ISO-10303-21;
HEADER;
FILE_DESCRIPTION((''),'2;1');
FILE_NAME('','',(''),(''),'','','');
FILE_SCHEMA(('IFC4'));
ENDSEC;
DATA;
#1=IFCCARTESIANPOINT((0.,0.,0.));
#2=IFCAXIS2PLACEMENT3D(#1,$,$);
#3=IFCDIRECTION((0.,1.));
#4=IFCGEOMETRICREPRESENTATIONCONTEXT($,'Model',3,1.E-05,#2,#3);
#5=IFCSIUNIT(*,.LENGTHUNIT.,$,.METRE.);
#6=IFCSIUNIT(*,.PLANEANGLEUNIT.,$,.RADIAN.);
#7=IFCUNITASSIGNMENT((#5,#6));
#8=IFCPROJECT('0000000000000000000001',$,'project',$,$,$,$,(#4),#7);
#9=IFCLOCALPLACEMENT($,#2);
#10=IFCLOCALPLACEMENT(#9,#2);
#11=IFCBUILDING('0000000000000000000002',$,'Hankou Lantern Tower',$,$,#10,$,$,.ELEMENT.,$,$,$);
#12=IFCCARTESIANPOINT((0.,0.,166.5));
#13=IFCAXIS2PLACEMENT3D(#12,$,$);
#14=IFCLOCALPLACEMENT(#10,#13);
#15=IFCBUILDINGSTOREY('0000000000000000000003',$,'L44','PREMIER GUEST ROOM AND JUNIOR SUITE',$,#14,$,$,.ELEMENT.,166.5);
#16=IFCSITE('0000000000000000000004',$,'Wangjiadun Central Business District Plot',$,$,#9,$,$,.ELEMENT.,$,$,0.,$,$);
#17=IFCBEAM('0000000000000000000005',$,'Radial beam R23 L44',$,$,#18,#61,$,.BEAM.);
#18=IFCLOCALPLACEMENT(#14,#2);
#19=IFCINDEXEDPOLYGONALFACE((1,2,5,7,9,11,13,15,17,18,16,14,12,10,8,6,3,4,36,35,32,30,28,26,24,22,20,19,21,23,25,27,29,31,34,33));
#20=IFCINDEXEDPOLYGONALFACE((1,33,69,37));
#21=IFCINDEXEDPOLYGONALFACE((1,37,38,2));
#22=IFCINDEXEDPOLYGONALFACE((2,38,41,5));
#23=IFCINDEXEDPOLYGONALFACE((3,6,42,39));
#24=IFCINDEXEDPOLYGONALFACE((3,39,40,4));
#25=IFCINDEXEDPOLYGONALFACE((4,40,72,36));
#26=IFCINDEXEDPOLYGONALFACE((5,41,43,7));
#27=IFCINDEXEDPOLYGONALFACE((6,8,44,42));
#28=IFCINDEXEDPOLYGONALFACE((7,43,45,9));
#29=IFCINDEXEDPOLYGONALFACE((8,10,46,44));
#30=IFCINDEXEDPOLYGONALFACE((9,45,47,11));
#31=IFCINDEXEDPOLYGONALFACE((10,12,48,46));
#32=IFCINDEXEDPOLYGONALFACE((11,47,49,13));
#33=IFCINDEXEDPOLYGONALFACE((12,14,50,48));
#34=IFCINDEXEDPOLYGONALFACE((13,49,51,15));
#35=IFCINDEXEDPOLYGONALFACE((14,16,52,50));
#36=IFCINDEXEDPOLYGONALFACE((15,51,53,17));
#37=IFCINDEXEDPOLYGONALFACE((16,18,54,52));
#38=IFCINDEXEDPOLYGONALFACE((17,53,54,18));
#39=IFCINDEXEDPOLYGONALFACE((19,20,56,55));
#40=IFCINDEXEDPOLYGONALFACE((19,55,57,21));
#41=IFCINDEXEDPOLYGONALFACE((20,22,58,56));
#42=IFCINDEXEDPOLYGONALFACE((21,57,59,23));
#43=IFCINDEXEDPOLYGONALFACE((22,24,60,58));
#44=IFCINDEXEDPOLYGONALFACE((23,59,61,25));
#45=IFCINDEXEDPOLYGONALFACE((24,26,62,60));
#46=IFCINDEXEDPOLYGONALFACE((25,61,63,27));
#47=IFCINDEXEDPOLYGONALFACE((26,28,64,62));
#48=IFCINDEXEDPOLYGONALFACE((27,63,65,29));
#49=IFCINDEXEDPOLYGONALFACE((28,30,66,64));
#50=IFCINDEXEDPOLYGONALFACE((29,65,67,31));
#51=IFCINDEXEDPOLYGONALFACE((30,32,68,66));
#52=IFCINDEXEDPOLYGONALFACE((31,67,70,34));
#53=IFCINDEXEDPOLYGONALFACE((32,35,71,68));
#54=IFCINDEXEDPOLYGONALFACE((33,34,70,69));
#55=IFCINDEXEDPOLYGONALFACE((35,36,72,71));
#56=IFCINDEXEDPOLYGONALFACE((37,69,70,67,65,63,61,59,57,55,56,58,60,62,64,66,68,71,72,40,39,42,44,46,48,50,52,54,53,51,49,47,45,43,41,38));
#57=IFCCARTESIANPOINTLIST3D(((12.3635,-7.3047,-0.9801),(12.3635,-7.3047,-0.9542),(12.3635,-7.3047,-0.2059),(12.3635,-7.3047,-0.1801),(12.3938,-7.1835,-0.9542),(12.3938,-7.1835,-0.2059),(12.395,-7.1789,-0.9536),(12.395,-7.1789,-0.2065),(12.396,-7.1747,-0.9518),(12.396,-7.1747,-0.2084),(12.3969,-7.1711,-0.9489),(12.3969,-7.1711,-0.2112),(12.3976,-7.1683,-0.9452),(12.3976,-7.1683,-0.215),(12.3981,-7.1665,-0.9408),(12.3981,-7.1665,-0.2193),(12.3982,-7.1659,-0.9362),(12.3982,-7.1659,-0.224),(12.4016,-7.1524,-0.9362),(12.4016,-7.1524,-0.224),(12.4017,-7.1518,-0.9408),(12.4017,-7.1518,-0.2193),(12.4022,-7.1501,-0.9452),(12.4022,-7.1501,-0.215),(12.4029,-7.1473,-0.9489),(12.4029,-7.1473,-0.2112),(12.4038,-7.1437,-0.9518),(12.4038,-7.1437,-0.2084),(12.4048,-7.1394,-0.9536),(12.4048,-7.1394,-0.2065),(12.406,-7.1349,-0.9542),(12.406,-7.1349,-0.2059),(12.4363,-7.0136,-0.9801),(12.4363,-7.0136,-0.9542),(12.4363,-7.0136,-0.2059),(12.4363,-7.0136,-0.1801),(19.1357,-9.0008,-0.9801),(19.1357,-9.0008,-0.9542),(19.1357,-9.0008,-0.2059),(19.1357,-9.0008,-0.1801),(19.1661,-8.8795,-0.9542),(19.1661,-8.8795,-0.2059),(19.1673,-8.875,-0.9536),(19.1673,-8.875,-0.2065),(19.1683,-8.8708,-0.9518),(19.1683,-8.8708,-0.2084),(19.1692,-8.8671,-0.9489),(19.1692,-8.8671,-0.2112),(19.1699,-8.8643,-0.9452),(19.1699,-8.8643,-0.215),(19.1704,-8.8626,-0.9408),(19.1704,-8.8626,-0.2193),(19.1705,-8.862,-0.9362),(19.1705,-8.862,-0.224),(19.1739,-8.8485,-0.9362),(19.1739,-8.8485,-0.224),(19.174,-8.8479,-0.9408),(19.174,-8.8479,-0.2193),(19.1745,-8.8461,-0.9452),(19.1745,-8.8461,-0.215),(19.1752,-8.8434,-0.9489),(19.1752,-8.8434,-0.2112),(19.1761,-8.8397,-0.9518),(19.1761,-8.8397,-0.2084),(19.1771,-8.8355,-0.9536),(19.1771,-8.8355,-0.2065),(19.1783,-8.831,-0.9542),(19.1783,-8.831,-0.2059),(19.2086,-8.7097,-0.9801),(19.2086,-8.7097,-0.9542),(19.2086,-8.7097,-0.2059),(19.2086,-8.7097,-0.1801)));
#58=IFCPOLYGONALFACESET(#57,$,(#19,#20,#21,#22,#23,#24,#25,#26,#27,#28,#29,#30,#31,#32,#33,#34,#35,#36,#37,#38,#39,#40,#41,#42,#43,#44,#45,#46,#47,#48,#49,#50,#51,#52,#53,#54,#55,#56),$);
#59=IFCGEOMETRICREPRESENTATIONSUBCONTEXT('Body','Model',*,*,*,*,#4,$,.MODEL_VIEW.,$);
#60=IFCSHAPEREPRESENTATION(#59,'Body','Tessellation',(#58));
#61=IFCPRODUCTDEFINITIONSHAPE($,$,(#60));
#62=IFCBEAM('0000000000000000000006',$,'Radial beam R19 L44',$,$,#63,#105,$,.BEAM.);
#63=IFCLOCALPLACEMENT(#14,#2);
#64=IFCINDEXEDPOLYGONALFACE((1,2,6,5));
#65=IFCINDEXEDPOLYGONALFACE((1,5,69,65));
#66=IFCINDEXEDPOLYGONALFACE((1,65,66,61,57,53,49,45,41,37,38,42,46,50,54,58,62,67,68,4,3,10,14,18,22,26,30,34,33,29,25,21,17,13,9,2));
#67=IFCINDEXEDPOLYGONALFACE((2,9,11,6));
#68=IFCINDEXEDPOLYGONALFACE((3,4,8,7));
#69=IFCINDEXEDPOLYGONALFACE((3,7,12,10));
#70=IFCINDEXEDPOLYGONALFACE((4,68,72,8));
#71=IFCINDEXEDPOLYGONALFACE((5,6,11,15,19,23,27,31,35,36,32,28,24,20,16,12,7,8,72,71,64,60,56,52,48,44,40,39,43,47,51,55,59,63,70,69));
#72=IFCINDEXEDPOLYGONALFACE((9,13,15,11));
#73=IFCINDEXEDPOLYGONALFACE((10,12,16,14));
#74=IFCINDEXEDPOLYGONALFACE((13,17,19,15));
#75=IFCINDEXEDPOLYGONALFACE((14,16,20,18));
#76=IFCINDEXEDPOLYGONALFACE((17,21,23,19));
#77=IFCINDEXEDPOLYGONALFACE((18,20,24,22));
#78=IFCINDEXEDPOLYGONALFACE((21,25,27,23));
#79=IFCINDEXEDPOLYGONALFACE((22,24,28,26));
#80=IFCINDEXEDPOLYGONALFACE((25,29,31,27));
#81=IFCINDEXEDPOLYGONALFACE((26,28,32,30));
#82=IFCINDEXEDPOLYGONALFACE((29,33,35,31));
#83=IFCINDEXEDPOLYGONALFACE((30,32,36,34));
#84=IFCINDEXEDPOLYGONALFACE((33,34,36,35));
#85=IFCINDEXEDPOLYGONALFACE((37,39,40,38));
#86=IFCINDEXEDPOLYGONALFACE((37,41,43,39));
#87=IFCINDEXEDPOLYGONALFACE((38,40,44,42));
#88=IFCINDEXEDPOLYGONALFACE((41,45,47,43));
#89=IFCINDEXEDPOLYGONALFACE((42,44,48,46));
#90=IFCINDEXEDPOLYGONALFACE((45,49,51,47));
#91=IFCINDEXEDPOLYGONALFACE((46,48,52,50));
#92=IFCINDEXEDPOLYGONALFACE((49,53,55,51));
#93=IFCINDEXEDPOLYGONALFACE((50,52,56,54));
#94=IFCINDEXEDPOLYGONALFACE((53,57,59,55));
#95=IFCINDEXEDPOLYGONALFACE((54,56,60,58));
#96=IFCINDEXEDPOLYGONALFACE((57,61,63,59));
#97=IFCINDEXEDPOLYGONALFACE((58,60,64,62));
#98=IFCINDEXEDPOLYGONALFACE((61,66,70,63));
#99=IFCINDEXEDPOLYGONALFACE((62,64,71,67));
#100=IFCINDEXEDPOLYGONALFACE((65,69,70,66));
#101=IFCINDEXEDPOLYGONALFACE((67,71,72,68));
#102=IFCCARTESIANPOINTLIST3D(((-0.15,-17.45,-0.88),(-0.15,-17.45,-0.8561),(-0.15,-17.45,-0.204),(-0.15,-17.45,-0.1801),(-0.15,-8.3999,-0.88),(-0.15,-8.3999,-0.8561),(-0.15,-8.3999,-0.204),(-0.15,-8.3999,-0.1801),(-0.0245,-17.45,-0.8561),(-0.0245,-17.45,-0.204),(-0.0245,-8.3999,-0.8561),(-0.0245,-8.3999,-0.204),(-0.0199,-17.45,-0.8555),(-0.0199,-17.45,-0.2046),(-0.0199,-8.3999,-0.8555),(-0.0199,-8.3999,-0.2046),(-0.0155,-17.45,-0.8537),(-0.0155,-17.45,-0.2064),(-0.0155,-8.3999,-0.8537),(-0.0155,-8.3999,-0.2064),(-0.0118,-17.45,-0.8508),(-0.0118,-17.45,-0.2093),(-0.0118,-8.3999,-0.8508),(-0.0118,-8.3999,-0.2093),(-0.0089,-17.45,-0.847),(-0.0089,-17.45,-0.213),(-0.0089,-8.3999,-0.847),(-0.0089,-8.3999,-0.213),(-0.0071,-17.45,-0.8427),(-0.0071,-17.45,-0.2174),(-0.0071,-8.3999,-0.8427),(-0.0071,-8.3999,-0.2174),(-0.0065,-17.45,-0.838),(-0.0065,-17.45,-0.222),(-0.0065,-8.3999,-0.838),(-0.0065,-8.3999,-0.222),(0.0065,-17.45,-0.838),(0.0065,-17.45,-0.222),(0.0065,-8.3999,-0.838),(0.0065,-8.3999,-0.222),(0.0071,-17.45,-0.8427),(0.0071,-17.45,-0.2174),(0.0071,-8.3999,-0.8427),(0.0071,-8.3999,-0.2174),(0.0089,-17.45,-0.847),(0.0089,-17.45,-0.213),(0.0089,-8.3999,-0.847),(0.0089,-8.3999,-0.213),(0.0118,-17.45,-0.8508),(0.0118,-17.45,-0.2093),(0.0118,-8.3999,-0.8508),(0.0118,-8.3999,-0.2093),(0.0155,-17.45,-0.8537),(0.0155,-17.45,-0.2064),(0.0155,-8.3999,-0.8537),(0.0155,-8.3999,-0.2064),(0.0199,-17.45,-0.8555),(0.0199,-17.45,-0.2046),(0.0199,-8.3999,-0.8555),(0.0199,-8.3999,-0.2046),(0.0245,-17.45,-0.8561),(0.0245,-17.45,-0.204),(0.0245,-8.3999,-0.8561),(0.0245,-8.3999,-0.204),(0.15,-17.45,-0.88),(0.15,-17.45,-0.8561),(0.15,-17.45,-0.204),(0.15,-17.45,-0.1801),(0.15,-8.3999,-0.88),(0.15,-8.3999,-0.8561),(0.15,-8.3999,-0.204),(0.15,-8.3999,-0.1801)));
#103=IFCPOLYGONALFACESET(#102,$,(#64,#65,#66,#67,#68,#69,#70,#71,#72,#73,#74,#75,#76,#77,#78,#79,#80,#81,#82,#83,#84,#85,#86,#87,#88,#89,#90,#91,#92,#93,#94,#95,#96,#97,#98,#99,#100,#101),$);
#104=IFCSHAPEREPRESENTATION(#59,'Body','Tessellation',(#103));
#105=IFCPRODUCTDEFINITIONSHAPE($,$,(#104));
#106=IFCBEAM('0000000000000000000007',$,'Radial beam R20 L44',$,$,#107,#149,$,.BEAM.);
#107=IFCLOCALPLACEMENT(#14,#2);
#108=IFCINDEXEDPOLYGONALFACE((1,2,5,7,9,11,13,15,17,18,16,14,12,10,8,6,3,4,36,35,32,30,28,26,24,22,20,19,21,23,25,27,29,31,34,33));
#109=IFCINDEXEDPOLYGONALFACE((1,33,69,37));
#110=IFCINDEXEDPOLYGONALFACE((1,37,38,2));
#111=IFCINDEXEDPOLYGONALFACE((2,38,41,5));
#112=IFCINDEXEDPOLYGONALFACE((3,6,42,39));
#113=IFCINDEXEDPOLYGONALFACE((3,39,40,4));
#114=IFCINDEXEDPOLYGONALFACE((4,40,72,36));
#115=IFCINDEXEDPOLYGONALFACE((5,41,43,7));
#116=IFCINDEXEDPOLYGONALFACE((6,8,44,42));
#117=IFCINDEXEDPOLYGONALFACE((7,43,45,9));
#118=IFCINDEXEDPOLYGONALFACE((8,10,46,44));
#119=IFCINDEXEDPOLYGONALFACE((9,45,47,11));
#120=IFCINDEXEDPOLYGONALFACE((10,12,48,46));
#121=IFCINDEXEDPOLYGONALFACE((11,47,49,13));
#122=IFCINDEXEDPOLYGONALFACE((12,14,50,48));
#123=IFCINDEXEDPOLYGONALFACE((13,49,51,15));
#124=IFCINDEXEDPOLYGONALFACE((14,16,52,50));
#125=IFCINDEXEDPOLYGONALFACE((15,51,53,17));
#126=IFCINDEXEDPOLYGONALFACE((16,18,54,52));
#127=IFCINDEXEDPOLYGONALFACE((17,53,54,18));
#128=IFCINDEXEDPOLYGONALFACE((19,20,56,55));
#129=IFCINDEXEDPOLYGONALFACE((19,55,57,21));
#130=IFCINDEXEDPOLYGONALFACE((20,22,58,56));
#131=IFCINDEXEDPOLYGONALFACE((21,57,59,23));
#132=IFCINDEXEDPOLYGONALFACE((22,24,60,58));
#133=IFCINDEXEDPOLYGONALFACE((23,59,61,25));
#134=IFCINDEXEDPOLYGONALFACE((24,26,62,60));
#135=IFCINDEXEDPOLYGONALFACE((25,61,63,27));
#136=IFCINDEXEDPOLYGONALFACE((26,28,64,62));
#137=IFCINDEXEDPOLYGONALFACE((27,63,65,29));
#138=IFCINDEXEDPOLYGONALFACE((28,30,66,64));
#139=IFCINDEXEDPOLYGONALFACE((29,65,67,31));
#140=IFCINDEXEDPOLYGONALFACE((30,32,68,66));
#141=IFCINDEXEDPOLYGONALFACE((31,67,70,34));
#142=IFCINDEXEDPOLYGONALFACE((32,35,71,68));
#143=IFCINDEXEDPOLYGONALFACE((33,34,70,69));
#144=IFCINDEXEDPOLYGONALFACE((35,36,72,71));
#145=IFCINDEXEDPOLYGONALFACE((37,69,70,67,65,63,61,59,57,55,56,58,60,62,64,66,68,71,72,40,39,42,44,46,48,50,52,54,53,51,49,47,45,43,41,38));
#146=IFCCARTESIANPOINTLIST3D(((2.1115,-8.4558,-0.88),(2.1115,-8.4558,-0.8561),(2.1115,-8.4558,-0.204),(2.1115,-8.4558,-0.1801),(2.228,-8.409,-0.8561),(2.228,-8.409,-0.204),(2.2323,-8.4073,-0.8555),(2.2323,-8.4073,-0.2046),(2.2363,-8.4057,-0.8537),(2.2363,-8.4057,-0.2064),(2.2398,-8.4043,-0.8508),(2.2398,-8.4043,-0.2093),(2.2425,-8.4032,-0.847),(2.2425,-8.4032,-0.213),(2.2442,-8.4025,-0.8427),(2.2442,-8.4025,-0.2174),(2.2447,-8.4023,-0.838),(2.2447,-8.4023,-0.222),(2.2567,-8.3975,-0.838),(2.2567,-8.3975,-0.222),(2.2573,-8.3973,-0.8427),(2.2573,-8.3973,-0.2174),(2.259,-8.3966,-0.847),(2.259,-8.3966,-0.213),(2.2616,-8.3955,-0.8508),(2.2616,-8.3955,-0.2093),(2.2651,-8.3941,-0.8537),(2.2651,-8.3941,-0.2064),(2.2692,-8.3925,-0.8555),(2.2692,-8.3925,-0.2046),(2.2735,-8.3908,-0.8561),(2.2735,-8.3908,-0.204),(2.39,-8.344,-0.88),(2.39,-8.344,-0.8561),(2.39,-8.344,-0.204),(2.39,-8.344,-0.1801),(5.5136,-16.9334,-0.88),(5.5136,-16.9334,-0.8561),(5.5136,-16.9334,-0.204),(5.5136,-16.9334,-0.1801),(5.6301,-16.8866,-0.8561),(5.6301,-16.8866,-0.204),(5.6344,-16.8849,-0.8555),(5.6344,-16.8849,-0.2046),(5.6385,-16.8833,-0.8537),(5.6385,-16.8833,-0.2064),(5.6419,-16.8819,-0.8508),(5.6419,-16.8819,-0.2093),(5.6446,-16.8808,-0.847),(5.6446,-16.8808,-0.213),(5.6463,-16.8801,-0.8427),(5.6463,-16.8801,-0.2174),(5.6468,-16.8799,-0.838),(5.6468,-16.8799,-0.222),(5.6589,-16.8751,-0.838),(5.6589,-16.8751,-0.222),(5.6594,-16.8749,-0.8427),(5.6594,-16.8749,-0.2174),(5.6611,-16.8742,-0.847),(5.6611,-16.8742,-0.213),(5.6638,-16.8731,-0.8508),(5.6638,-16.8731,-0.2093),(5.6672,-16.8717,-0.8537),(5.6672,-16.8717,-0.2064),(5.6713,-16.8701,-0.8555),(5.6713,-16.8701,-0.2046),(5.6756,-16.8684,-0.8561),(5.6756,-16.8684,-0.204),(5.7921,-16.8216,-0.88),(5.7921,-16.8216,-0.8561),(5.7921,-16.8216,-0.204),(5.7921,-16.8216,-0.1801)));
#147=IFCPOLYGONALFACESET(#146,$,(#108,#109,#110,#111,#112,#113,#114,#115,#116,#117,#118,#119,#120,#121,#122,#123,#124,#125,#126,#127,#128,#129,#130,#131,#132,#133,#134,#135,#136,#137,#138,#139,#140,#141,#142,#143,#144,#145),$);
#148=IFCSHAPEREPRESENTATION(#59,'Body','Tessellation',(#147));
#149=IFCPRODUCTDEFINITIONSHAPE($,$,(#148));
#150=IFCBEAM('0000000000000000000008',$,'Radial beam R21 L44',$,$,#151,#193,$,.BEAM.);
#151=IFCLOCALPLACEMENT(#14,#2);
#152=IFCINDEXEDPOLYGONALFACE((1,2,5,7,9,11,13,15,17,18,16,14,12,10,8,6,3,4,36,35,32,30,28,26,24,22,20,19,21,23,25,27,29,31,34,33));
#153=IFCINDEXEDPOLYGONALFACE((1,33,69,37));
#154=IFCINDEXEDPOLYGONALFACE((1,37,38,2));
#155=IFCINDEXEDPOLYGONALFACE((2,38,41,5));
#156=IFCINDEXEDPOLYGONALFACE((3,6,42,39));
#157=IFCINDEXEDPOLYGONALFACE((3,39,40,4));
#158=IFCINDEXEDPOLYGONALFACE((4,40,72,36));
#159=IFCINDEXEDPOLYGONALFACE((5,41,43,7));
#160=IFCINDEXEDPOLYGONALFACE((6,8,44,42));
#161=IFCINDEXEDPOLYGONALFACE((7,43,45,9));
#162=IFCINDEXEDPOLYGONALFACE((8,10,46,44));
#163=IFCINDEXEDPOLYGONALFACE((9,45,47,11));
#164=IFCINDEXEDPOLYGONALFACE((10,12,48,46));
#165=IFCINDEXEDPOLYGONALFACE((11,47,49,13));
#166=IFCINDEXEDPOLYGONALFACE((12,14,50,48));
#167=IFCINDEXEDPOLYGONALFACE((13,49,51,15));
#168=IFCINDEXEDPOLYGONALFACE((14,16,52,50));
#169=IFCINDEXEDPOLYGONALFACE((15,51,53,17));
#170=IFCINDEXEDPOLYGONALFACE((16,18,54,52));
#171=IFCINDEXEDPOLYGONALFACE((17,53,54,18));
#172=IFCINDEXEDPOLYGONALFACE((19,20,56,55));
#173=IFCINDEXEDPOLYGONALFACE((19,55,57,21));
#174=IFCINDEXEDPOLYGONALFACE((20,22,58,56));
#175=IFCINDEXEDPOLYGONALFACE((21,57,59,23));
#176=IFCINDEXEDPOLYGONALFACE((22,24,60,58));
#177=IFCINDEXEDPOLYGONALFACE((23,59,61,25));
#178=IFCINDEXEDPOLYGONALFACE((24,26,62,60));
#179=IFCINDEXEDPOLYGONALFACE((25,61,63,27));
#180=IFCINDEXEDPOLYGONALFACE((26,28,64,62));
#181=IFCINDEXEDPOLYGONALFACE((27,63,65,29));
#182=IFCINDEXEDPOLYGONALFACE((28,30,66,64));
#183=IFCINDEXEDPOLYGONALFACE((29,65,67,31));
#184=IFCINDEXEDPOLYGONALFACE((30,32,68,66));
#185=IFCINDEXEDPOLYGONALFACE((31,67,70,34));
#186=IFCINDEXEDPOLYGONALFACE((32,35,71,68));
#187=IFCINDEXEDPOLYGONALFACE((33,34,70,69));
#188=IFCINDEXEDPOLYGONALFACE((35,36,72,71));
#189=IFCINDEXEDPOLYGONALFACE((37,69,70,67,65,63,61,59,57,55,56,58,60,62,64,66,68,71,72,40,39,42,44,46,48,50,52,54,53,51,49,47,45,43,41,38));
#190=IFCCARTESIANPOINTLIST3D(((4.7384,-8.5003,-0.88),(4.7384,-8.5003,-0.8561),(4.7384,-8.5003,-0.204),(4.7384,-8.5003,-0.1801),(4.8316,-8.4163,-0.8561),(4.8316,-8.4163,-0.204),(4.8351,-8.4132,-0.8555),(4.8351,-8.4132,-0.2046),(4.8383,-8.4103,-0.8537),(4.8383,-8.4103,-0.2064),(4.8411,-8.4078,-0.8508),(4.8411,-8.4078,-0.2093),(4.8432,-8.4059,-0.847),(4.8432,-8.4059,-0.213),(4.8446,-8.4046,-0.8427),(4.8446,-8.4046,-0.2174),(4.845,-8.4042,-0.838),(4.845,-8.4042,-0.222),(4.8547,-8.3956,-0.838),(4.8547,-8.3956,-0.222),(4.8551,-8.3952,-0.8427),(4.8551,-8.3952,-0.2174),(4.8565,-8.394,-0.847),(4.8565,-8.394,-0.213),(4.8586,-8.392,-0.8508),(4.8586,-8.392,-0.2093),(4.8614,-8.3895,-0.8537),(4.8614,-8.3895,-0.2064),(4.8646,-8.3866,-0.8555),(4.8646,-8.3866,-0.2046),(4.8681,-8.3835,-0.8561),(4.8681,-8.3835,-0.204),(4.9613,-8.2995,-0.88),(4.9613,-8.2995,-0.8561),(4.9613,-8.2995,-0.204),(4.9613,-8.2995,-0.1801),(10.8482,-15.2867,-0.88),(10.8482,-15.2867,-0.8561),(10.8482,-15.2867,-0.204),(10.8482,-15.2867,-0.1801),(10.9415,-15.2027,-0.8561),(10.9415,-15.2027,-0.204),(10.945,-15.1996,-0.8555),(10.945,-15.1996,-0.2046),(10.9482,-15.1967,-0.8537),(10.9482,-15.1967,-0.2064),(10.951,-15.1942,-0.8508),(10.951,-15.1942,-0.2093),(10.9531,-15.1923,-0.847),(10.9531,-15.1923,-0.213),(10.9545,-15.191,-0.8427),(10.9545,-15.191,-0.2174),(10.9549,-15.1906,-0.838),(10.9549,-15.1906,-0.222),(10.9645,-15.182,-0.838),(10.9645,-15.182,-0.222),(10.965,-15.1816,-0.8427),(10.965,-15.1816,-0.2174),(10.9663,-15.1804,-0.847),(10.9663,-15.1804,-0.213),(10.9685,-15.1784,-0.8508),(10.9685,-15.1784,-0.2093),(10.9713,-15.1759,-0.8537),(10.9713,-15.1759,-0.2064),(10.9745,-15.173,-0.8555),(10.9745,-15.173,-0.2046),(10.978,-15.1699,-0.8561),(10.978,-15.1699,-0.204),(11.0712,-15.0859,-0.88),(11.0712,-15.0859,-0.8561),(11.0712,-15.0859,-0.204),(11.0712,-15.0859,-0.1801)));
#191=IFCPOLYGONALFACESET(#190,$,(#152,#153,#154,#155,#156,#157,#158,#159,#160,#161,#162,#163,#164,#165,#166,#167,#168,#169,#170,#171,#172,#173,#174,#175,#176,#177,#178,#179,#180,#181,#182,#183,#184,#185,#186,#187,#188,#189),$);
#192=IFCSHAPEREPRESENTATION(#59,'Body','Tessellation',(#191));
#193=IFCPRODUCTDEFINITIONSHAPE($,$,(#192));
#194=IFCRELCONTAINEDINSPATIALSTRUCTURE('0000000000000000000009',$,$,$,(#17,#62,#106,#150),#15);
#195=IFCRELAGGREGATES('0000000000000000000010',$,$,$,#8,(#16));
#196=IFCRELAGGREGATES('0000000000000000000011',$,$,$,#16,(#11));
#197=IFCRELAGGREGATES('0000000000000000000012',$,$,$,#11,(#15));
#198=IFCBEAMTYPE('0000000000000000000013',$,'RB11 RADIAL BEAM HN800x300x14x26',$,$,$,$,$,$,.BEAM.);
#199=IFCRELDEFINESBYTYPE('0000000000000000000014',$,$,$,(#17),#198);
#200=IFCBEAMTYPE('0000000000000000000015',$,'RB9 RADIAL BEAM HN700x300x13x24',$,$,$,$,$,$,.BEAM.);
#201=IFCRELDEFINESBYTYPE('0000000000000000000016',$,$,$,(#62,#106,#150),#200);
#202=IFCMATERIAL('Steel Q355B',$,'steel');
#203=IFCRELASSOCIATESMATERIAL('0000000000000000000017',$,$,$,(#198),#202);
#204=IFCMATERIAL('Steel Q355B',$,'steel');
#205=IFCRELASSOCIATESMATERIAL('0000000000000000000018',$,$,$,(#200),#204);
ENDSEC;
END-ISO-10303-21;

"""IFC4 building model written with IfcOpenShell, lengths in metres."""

from ifc_helpers import new_model, si_unit, direction, frame, origin, origin_2d, place, context, subcontext, project, spatial, i_section, extrude, material, material_profile, profile_set, type_object, element, save


model = new_model("IFC4")

# Units and contexts
model_context = context("Model", 3, precision=1e-05, world=origin(), true_north=direction((0.0, 1.0)))
body_context = subcontext(model_context, "Body", "Model", "MODEL_VIEW")
ifc_project = project(units=[si_unit("LENGTHUNIT", "METRE"), si_unit("PLANEANGLEUNIT", "RADIAN")], contexts=[model_context])

# Site, building, storey
site_placement = place(None, origin())
site = spatial("IfcSite", under=ifc_project, at=site_placement, Name="Wangjiadun Central Business District Plot", CompositionType="ELEMENT", RefElevation=0.0)
building_placement = place(site_placement, origin())
building = spatial("IfcBuilding", under=site, at=building_placement, Name="Hankou Lantern Tower", CompositionType="ELEMENT")
storey_placement = place(building_placement, frame((0.0, 0.0, 166.5)))
storey = spatial("IfcBuildingStorey", under=building, at=storey_placement, Name="L44", Description="PREMIER GUEST ROOM AND JUNIOR SUITE", CompositionType="ELEMENT", Elevation=166.5)

# Beams
ifc_material_1 = material(Name="Steel Q355B", Category="steel")
ifc_material_profile_1 = material_profile(ifc_material_1, i_section(OverallWidth=0.3, OverallDepth=0.8, WebThickness=0.0139, FlangeThickness=0.0259, FilletRadius=0.0181, at=origin_2d()), Name="HN800x300x14x26")
ifc_profile_set_1 = profile_set([ifc_material_profile_1], Name="Steel Q355B")
beam_type_1 = type_object("IfcBeamType", Name="RB11 RADIAL BEAM HN800x300x14x26", PredefinedType="BEAM", material=ifc_profile_set_1)
beam_1_placement = place(storey_placement, frame((12.3999, -7.1592, -0.5801), z_axis=(0.970042, -0.242939, 0.0), x_axis=(0.242939, 0.970042, 0.0)))
element("IfcBeam", 1, at=beam_1_placement, inside=storey, type_object=beam_type_1, Name="Radial beam R23 L44", PredefinedType="BEAM", context=body_context, shape_type="SweptSolid", body=[
    extrude(i_section(OverallWidth=0.3, OverallDepth=0.8, WebThickness=0.0139, FlangeThickness=0.0259, FilletRadius=0.0181, at=origin_2d()), origin(), (0.0, 0.0, 1.0), 6.9814),
])
ifc_material_2 = material(Name="Steel Q355B", Category="steel")
ifc_material_profile_2 = material_profile(ifc_material_2, i_section(OverallWidth=0.3, OverallDepth=0.7, WebThickness=0.0129, FlangeThickness=0.0239, FilletRadius=0.0181, at=origin_2d()), Name="HN700x300x13x24")
ifc_profile_set_2 = profile_set([ifc_material_profile_2], Name="Steel Q355B")
beam_type_2 = type_object("IfcBeamType", Name="RB9 RADIAL BEAM HN700x300x13x24", PredefinedType="BEAM", material=ifc_profile_set_2)
beam_2_placement = place(storey_placement, frame((0.0, -8.3999, -0.53), z_axis=(0.0, -1.0, 0.0), x_axis=(1.0, 0.0, 0.0)))
element("IfcBeam", 2, at=beam_2_placement, inside=storey, type_object=beam_type_2, Name="Radial beam R19 L44", PredefinedType="BEAM", context=body_context, shape_type="SweptSolid", body=[
    extrude(i_section(OverallWidth=0.3, OverallDepth=0.7, WebThickness=0.0129, FlangeThickness=0.0239, FilletRadius=0.0181, at=origin_2d()), origin(), (0.0, 0.0, 1.0), 9.05),
])
beam_3_placement = place(storey_placement, frame((2.2507, -8.3999, -0.53), z_axis=(0.372436, -0.928058, 0.0), x_axis=(0.928058, 0.372436, 0.0)))
element("IfcBeam", 3, at=beam_3_placement, inside=storey, type_object=beam_type_2, Name="Radial beam R20 L44", PredefinedType="BEAM", context=body_context, shape_type="SweptSolid", body=[
    extrude(i_section(OverallWidth=0.3, OverallDepth=0.7, WebThickness=0.0129, FlangeThickness=0.0239, FilletRadius=0.0181, at=origin_2d()), origin(), (0.0, 0.0, 1.0), 9.1348),
])
beam_4_placement = place(storey_placement, frame((4.8499, -8.3999, -0.53), z_axis=(0.669093, -0.743178, 0.0), x_axis=(0.743178, 0.669093, 0.0)))
element("IfcBeam", 4, at=beam_4_placement, inside=storey, type_object=beam_type_2, Name="Radial beam R21 L44", PredefinedType="BEAM", context=body_context, shape_type="SweptSolid", body=[
    extrude(i_section(OverallWidth=0.3, OverallDepth=0.7, WebThickness=0.0129, FlangeThickness=0.0239, FilletRadius=0.0181, at=origin_2d()), origin(), (0.0, 0.0, 1.0), 9.1316),
])

save(model, "model.ifc")
